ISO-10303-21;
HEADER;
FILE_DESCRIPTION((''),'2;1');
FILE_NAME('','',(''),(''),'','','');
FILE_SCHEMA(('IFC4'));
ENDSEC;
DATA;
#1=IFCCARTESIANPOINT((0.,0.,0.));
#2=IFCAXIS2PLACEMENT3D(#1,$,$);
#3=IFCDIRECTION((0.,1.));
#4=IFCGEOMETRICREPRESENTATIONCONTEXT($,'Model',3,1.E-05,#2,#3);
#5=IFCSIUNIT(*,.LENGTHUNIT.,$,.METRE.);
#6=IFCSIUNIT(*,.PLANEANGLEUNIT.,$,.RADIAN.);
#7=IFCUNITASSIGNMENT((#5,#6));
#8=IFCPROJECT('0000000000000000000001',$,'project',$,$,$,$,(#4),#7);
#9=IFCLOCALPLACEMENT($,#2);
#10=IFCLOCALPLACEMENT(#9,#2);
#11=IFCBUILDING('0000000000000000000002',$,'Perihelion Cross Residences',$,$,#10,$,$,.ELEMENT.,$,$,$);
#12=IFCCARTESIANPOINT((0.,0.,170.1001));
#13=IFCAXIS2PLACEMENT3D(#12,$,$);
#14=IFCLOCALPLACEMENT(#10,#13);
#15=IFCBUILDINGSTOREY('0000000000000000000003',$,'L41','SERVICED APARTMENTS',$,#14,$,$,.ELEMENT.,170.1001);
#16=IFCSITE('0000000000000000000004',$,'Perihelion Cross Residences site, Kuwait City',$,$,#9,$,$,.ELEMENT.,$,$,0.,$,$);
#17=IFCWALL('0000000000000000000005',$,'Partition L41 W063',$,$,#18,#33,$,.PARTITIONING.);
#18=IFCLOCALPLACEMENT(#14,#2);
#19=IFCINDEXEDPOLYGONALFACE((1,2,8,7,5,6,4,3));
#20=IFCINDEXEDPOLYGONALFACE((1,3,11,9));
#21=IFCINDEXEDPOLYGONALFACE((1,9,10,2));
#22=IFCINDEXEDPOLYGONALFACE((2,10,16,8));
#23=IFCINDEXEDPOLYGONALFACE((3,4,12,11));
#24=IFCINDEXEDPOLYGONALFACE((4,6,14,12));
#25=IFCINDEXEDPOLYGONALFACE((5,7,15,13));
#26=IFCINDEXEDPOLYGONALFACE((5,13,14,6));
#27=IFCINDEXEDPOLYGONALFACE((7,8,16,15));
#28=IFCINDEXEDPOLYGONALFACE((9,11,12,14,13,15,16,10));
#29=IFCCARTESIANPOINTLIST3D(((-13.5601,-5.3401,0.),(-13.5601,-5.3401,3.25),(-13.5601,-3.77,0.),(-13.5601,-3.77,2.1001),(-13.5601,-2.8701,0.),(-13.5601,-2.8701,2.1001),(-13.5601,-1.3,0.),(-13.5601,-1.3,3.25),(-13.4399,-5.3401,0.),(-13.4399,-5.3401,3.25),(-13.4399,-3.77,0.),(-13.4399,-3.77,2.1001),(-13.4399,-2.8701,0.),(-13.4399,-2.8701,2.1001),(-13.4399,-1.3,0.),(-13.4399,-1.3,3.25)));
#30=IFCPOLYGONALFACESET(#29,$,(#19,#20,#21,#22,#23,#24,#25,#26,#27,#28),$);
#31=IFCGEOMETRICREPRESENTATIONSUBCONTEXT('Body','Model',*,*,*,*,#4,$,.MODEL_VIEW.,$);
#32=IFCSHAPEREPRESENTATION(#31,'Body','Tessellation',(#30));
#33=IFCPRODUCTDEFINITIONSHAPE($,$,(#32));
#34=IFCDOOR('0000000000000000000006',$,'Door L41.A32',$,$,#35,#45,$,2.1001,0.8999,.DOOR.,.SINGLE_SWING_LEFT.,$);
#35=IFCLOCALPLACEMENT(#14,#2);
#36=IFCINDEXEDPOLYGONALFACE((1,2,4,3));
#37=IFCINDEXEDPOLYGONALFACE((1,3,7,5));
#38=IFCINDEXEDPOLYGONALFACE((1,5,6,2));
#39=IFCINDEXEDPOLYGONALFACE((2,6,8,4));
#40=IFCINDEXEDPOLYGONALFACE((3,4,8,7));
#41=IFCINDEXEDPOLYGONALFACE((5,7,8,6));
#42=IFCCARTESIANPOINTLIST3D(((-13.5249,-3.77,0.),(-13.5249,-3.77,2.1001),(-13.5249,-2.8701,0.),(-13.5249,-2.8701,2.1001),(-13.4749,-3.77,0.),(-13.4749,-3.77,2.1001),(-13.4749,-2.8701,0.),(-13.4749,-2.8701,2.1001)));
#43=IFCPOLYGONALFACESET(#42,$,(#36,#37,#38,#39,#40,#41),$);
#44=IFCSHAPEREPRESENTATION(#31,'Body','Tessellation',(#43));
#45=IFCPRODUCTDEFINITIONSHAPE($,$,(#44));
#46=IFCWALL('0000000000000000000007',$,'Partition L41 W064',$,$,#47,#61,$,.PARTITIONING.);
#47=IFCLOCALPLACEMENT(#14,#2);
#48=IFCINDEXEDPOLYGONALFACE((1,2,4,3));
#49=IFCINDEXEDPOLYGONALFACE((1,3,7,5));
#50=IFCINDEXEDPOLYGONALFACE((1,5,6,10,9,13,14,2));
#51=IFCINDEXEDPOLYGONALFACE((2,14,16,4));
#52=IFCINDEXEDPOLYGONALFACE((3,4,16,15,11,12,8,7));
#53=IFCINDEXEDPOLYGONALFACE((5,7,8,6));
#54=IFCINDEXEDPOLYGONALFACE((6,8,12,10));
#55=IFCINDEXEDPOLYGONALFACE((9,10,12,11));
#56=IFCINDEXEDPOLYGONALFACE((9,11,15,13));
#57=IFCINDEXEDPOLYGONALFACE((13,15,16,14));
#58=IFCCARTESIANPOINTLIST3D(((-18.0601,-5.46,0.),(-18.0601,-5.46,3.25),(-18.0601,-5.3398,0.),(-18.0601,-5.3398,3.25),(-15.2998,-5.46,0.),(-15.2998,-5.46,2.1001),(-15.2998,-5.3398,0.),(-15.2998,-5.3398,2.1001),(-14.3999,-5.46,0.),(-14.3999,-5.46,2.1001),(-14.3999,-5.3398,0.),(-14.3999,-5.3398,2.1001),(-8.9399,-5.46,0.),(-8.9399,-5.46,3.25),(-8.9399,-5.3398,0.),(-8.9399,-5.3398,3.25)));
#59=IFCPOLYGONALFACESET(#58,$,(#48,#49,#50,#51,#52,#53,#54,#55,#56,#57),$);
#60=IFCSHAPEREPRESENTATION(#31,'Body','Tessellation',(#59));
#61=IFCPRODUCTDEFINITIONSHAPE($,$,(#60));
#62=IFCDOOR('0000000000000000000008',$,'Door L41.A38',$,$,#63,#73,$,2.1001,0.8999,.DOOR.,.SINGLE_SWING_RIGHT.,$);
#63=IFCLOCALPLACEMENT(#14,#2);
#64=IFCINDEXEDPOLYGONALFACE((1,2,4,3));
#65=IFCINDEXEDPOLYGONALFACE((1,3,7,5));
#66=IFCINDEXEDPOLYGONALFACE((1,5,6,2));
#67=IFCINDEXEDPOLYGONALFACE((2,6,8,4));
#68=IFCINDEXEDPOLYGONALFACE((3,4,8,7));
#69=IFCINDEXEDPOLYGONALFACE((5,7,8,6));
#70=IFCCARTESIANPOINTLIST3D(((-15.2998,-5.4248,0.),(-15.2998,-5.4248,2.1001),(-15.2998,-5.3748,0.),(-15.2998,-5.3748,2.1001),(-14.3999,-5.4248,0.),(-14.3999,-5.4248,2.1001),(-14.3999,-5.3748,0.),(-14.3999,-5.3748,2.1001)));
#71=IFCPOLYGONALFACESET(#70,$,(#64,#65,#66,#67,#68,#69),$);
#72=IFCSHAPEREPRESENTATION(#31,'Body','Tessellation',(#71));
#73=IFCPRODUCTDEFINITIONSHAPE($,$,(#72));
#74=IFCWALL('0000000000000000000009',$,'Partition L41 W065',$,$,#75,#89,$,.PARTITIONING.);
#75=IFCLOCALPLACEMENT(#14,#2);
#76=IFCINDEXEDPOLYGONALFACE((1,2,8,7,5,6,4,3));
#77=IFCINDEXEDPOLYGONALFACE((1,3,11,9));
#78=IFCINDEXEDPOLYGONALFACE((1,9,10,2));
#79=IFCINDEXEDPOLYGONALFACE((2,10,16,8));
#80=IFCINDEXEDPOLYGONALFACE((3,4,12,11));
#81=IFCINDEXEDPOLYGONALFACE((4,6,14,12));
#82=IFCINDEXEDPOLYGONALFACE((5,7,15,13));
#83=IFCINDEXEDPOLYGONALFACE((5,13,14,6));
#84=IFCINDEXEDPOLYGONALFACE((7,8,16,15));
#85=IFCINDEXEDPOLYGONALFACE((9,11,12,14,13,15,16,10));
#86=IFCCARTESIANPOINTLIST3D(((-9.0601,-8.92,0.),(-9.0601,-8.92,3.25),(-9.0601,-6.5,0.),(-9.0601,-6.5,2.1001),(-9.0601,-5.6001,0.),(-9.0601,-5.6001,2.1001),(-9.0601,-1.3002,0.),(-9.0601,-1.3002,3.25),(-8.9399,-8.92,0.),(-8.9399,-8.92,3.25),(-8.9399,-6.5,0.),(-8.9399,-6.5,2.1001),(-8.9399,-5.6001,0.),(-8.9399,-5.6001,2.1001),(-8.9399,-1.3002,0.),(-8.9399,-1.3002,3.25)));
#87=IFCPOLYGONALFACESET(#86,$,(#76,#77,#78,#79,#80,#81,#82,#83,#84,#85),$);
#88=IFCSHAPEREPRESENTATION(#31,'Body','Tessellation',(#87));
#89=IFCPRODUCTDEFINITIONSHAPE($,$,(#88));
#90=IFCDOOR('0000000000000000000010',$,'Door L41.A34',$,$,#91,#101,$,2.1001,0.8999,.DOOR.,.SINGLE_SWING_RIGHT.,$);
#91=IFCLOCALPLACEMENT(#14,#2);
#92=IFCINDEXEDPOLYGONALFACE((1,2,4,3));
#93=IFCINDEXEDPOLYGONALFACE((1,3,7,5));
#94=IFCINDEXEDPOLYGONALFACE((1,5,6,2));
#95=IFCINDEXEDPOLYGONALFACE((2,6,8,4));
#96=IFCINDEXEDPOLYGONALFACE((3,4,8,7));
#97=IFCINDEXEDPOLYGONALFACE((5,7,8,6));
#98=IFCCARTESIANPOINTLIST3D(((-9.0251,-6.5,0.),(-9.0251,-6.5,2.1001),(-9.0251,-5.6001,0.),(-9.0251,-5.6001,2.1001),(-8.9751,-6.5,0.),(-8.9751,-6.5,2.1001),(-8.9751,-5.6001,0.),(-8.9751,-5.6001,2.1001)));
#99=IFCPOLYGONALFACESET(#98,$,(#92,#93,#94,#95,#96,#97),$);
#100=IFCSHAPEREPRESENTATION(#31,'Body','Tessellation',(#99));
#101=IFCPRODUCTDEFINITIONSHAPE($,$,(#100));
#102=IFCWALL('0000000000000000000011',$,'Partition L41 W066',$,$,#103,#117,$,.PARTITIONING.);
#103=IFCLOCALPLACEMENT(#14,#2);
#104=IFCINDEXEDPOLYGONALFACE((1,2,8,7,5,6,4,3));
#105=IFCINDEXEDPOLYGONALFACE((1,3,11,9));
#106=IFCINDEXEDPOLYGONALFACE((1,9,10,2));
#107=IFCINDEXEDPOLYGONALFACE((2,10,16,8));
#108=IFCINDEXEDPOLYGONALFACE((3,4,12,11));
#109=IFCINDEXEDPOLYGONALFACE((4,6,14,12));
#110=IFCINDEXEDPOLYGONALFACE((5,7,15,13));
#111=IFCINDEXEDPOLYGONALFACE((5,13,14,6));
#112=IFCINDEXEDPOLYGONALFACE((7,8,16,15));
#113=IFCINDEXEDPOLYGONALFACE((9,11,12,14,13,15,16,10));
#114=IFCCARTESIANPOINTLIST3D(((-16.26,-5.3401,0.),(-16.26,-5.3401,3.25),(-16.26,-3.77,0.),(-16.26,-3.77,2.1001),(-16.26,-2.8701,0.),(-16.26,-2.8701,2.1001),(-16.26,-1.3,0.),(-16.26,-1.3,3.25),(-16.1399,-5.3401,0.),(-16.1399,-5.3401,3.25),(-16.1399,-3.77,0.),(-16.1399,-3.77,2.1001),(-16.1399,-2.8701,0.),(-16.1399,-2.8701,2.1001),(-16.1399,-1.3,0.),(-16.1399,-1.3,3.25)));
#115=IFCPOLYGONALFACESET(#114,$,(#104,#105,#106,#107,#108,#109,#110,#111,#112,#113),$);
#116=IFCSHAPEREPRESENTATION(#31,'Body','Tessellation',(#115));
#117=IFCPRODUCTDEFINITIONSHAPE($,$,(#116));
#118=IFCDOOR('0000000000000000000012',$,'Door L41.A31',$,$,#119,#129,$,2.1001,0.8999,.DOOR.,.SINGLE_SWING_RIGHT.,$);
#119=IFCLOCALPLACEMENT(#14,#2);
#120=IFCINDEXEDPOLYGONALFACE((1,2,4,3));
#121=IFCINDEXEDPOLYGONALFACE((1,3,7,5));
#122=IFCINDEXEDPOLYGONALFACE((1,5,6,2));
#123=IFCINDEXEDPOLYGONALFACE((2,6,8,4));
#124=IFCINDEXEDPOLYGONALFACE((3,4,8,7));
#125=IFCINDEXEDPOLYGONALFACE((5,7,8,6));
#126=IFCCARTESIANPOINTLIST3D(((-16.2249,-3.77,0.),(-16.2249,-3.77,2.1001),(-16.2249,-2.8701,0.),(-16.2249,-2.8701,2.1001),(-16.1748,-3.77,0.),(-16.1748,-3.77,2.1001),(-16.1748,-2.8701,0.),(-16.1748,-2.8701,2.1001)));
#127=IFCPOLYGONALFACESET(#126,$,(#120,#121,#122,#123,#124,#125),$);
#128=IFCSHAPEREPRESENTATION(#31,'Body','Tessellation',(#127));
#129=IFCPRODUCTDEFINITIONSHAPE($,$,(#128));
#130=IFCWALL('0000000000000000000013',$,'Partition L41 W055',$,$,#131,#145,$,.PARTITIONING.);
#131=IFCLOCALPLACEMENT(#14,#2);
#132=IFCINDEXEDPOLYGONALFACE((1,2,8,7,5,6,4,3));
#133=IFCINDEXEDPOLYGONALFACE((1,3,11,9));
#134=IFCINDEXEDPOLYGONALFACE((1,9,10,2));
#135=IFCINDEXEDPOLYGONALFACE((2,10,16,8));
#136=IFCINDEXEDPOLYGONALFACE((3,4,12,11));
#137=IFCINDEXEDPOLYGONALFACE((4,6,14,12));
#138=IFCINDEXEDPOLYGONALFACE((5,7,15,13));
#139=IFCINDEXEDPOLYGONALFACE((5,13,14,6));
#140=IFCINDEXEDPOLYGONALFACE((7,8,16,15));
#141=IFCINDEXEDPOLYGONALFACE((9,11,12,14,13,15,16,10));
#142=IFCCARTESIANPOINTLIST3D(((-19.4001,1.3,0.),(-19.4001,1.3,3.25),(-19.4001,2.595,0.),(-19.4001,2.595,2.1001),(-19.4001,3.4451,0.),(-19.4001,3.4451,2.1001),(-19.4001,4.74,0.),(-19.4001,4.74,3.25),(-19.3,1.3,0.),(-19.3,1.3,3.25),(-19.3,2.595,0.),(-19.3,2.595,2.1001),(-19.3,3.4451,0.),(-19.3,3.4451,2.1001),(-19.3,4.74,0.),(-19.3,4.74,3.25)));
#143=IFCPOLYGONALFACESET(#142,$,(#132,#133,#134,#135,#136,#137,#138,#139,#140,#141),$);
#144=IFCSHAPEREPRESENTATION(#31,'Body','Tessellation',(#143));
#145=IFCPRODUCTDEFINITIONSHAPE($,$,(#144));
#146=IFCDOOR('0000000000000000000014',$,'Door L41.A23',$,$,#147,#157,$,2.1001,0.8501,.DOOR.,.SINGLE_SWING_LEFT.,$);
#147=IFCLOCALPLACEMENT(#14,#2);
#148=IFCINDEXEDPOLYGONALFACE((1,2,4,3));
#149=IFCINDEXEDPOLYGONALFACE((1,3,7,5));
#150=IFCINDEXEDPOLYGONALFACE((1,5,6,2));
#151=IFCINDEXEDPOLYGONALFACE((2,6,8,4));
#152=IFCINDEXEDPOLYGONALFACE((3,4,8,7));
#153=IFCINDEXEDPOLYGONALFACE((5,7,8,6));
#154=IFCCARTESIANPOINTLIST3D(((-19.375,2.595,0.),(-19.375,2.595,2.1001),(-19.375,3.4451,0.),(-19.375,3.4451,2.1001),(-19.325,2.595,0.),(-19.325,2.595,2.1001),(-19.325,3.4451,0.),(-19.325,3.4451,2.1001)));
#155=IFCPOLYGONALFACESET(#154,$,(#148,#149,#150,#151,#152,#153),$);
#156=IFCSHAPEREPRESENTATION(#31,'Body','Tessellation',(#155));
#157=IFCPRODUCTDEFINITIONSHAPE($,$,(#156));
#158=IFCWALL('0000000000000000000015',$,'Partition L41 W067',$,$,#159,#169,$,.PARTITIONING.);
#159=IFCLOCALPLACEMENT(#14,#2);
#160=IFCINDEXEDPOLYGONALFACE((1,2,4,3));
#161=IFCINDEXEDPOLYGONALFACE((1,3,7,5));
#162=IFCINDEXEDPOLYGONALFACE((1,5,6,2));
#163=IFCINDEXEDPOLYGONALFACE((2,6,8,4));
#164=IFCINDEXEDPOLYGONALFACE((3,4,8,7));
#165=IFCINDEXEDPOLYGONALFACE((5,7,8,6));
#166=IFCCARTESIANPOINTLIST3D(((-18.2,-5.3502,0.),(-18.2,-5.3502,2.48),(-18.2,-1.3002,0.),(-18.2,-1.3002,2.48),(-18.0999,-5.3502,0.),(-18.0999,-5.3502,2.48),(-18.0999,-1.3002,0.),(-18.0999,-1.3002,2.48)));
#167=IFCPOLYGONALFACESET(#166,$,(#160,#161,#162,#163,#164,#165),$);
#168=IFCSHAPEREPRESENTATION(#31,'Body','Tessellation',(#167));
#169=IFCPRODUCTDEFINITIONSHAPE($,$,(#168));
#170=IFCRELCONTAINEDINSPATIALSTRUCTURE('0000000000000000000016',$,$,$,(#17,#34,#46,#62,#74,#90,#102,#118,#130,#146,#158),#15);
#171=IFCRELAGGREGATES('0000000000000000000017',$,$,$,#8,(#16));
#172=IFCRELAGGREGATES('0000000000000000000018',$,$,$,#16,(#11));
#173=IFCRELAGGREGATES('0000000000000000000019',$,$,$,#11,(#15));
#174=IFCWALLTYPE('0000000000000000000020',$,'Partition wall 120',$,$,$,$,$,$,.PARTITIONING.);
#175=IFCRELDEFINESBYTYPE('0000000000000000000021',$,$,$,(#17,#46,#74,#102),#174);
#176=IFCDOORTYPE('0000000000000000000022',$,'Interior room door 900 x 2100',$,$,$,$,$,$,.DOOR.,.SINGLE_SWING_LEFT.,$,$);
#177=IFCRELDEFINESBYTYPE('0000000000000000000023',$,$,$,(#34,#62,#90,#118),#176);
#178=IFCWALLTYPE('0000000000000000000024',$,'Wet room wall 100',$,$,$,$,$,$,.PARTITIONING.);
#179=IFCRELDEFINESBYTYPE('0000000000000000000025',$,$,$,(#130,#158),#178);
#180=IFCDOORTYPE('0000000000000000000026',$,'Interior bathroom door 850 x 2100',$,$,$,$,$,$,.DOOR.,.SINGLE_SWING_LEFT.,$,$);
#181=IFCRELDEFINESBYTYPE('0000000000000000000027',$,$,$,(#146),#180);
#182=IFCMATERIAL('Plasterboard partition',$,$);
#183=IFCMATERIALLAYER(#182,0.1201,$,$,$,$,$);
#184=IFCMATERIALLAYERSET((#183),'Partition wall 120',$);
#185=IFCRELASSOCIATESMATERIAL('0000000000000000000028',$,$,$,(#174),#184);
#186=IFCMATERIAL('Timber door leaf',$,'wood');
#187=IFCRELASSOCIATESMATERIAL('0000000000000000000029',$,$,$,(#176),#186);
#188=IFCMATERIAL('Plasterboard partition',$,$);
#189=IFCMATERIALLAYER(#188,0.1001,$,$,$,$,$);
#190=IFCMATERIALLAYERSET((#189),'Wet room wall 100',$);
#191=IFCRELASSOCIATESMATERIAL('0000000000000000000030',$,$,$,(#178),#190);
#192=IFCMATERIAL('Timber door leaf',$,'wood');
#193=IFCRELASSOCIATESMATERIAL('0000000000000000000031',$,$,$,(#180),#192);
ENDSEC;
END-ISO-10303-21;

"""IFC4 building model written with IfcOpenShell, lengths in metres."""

from ifc_helpers import new_model, si_unit, direction, frame, frame_2d, origin, place, context, subcontext, project, spatial, rectangle, extrude, material, layer, layer_set, type_object, element, fill, save


model = new_model("IFC4")

# Units and contexts
model_context = context("Model", 3, precision=1e-05, world=origin(), true_north=direction((0.0, 1.0)))
body_context = subcontext(model_context, "Body", "Model", "MODEL_VIEW")
ifc_project = project(units=[si_unit("LENGTHUNIT", "METRE"), si_unit("PLANEANGLEUNIT", "RADIAN")], contexts=[model_context])

# Site, building, storey
site_placement = place(None, origin())
site = spatial("IfcSite", under=ifc_project, at=site_placement, Name="Perihelion Cross Residences site, Kuwait City", CompositionType="ELEMENT", RefElevation=0.0)
building_placement = place(site_placement, origin())
building = spatial("IfcBuilding", under=site, at=building_placement, Name="Perihelion Cross Residences", CompositionType="ELEMENT")
storey_placement = place(building_placement, frame((0.0, 0.0, 170.1001)))
storey = spatial("IfcBuildingStorey", under=building, at=storey_placement, Name="L41", Description="SERVICED APARTMENTS", CompositionType="ELEMENT", Elevation=170.1001)

# Shared definitions
ifc_material_1 = material(Name="Plasterboard partition")
ifc_layer_1 = layer(ifc_material_1, 0.1201)
ifc_layer_set_1 = layer_set([ifc_layer_1], Name="Partition wall 120")
wall_type_1 = type_object("IfcWallType", Name="Partition wall 120", PredefinedType="PARTITIONING", material=ifc_layer_set_1)

# Walls, openings, doors
ifc_material_2 = material(Name="Timber door leaf", Category="wood")
door_type_1 = type_object("IfcDoorType", Name="Interior room door 900 x 2100", OperationType="SINGLE_SWING_LEFT", PredefinedType="DOOR", material=ifc_material_2)
wall_1_placement = place(storey_placement, frame((-13.5, -5.3401, 0.0), z_axis=(0.0, 0.0, 1.0), x_axis=(0.0, 1.0, 0.0)))
wall_1 = element("IfcWall", 1, at=wall_1_placement, inside=storey, type_object=wall_type_1, Name="Partition L41 W063", PredefinedType="PARTITIONING", context=body_context, shape_type="SweptSolid", body=[
    extrude(rectangle(XDim=4.04, YDim=0.1201, at=frame_2d((2.02, 0.0))), origin(), (0.0, 0.0, 1.0), 3.25),
])
opening_1_placement = place(wall_1_placement, frame((1.5701, 0.0, 0.0)))
opening_1 = element("IfcOpeningElement", 2, at=opening_1_placement, cuts=wall_1, PredefinedType="OPENING", context=body_context, shape_type="SweptSolid", body=[
    extrude(rectangle(XDim=0.8999, YDim=2.1001, at=frame_2d((0.45, 1.05))), frame((0.0, 0.0701, 0.0), z_axis=(0.0, -1.0, 0.0), x_axis=(1.0, 0.0, 0.0)), (0.0, 0.0, 1.0), 0.1401),
])
door_1_placement = place(opening_1_placement, origin())
door_1 = element("IfcDoor", 3, at=door_1_placement, inside=storey, type_object=door_type_1, Name="Door L41.A32", OperationType="SINGLE_SWING_LEFT", OverallHeight=2.1001, OverallWidth=0.8999, PredefinedType="DOOR", context=body_context, shape_type="SweptSolid", body=[
    extrude(rectangle(XDim=0.8999, YDim=2.1001, at=frame_2d((0.45, 1.05))), frame((0.0, 0.0249, 0.0), z_axis=(0.0, -1.0, 0.0), x_axis=(1.0, 0.0, 0.0)), (0.0, 0.0, 1.0), 0.05),
])
fill(opening_1, door_1)
wall_2_placement = place(storey_placement, frame((-8.9399, -5.3999, 0.0), z_axis=(0.0, 0.0, 1.0), x_axis=(-1.0, 0.0, 0.0)))
wall_2 = element("IfcWall", 4, at=wall_2_placement, inside=storey, type_object=wall_type_1, Name="Partition L41 W064", PredefinedType="PARTITIONING", context=body_context, shape_type="SweptSolid", body=[
    extrude(rectangle(XDim=9.1201, YDim=0.1201, at=frame_2d((4.5601, 0.0))), origin(), (0.0, 0.0, 1.0), 3.25),
])
opening_2_placement = place(wall_2_placement, frame((5.46, 0.0, 0.0)))
opening_2 = element("IfcOpeningElement", 5, at=opening_2_placement, cuts=wall_2, PredefinedType="OPENING", context=body_context, shape_type="SweptSolid", body=[
    extrude(rectangle(XDim=0.8999, YDim=2.1001, at=frame_2d((0.45, 1.05))), frame((0.0, 0.0701, 0.0), z_axis=(0.0, -1.0, 0.0), x_axis=(1.0, 0.0, 0.0)), (0.0, 0.0, 1.0), 0.1401),
])
door_2_placement = place(opening_2_placement, origin())
door_2 = element("IfcDoor", 6, at=door_2_placement, inside=storey, type_object=door_type_1, Name="Door L41.A38", OperationType="SINGLE_SWING_RIGHT", OverallHeight=2.1001, OverallWidth=0.8999, PredefinedType="DOOR", context=body_context, shape_type="SweptSolid", body=[
    extrude(rectangle(XDim=0.8999, YDim=2.1001, at=frame_2d((0.45, 1.05))), frame((0.0, 0.0249, 0.0), z_axis=(0.0, -1.0, 0.0), x_axis=(1.0, 0.0, 0.0)), (0.0, 0.0, 1.0), 0.05),
])
fill(opening_2, door_2)
wall_3_placement = place(storey_placement, frame((-9.0, -1.3, 0.0), z_axis=(0.0, 0.0, 1.0), x_axis=(0.0, -1.0, 0.0)))
wall_3 = element("IfcWall", 7, at=wall_3_placement, inside=storey, type_object=wall_type_1, Name="Partition L41 W065", PredefinedType="PARTITIONING", context=body_context, shape_type="SweptSolid", body=[
    extrude(rectangle(XDim=7.6199, YDim=0.1201, at=frame_2d((3.8101, 0.0))), origin(), (0.0, 0.0, 1.0), 3.25),
])
opening_3_placement = place(wall_3_placement, frame((4.3, 0.0, 0.0)))
opening_3 = element("IfcOpeningElement", 8, at=opening_3_placement, cuts=wall_3, PredefinedType="OPENING", context=body_context, shape_type="SweptSolid", body=[
    extrude(rectangle(XDim=0.8999, YDim=2.1001, at=frame_2d((0.45, 1.05))), frame((0.0, 0.0701, 0.0), z_axis=(0.0, -1.0, 0.0), x_axis=(1.0, 0.0, 0.0)), (0.0, 0.0, 1.0), 0.1401),
])
door_3_placement = place(opening_3_placement, origin())
door_3 = element("IfcDoor", 9, at=door_3_placement, inside=storey, type_object=door_type_1, Name="Door L41.A34", OperationType="SINGLE_SWING_RIGHT", OverallHeight=2.1001, OverallWidth=0.8999, PredefinedType="DOOR", context=body_context, shape_type="SweptSolid", body=[
    extrude(rectangle(XDim=0.8999, YDim=2.1001, at=frame_2d((0.45, 1.05))), frame((0.0, 0.0249, 0.0), z_axis=(0.0, -1.0, 0.0), x_axis=(1.0, 0.0, 0.0)), (0.0, 0.0, 1.0), 0.05),
])
fill(opening_3, door_3)
wall_4_placement = place(storey_placement, frame((-16.2, -5.3401, 0.0), z_axis=(0.0, 0.0, 1.0), x_axis=(0.0, 1.0, 0.0)))
wall_4 = element("IfcWall", 10, at=wall_4_placement, inside=storey, type_object=wall_type_1, Name="Partition L41 W066", PredefinedType="PARTITIONING", context=body_context, shape_type="SweptSolid", body=[
    extrude(rectangle(XDim=4.04, YDim=0.1201, at=frame_2d((2.02, 0.0))), origin(), (0.0, 0.0, 1.0), 3.25),
])
opening_4_placement = place(wall_4_placement, frame((1.5701, 0.0, 0.0)))
opening_4 = element("IfcOpeningElement", 11, at=opening_4_placement, cuts=wall_4, PredefinedType="OPENING", context=body_context, shape_type="SweptSolid", body=[
    extrude(rectangle(XDim=0.8999, YDim=2.1001, at=frame_2d((0.45, 1.05))), frame((0.0, 0.0701, 0.0), z_axis=(0.0, -1.0, 0.0), x_axis=(1.0, 0.0, 0.0)), (0.0, 0.0, 1.0), 0.1401),
])
door_4_placement = place(opening_4_placement, origin())
door_4 = element("IfcDoor", 12, at=door_4_placement, inside=storey, type_object=door_type_1, Name="Door L41.A31", OperationType="SINGLE_SWING_RIGHT", OverallHeight=2.1001, OverallWidth=0.8999, PredefinedType="DOOR", context=body_context, shape_type="SweptSolid", body=[
    extrude(rectangle(XDim=0.8999, YDim=2.1001, at=frame_2d((0.45, 1.05))), frame((0.0, 0.0249, 0.0), z_axis=(0.0, -1.0, 0.0), x_axis=(1.0, 0.0, 0.0)), (0.0, 0.0, 1.0), 0.05),
])
fill(opening_4, door_4)
ifc_material_3 = material(Name="Plasterboard partition")
ifc_layer_2 = layer(ifc_material_3, 0.1001)
ifc_layer_set_2 = layer_set([ifc_layer_2], Name="Wet room wall 100")
wall_type_2 = type_object("IfcWallType", Name="Wet room wall 100", PredefinedType="PARTITIONING", material=ifc_layer_set_2)
wall_5_placement = place(storey_placement, frame((-19.3501, 1.3, 0.0), z_axis=(0.0, 0.0, 1.0), x_axis=(0.0, 1.0, 0.0)))
wall_5 = element("IfcWall", 13, at=wall_5_placement, inside=storey, type_object=wall_type_2, Name="Partition L41 W055", PredefinedType="PARTITIONING", context=body_context, shape_type="SweptSolid", body=[
    extrude(rectangle(XDim=3.4399, YDim=0.1001, at=frame_2d((1.72, 0.0))), origin(), (0.0, 0.0, 1.0), 3.25),
])
opening_5_placement = place(wall_5_placement, frame((1.2949, 0.0, 0.0)))
opening_5 = element("IfcOpeningElement", 14, at=opening_5_placement, cuts=wall_5, PredefinedType="OPENING", context=body_context, shape_type="SweptSolid", body=[
    extrude(rectangle(XDim=0.8501, YDim=2.1001, at=frame_2d((0.425, 1.05))), frame((0.0, 0.0601, 0.0), z_axis=(0.0, -1.0, 0.0), x_axis=(1.0, 0.0, 0.0)), (0.0, 0.0, 1.0), 0.1201),
])
ifc_material_4 = material(Name="Timber door leaf", Category="wood")
door_type_2 = type_object("IfcDoorType", Name="Interior bathroom door 850 x 2100", OperationType="SINGLE_SWING_LEFT", PredefinedType="DOOR", material=ifc_material_4)
door_5_placement = place(opening_5_placement, origin())
door_5 = element("IfcDoor", 15, at=door_5_placement, inside=storey, type_object=door_type_2, Name="Door L41.A23", OperationType="SINGLE_SWING_LEFT", OverallHeight=2.1001, OverallWidth=0.8501, PredefinedType="DOOR", context=body_context, shape_type="SweptSolid", body=[
    extrude(rectangle(XDim=0.8501, YDim=2.1001, at=frame_2d((0.425, 1.05))), frame((0.0, 0.0249, 0.0), z_axis=(0.0, -1.0, 0.0), x_axis=(1.0, 0.0, 0.0)), (0.0, 0.0, 1.0), 0.05),
])
fill(opening_5, door_5)

# Wall
wall_6_placement = place(storey_placement, frame((-18.1499, -5.3501, 0.0), z_axis=(0.0, 0.0, 1.0), x_axis=(0.0, 1.0, 0.0)))
element("IfcWall", 16, at=wall_6_placement, inside=storey, type_object=wall_type_2, Name="Partition L41 W067", PredefinedType="PARTITIONING", context=body_context, shape_type="SweptSolid", body=[
    extrude(rectangle(XDim=4.05, YDim=0.1001, at=frame_2d((2.0249, 0.0))), origin(), (0.0, 0.0, 1.0), 2.48),
])

save(model, "model.ifc")
